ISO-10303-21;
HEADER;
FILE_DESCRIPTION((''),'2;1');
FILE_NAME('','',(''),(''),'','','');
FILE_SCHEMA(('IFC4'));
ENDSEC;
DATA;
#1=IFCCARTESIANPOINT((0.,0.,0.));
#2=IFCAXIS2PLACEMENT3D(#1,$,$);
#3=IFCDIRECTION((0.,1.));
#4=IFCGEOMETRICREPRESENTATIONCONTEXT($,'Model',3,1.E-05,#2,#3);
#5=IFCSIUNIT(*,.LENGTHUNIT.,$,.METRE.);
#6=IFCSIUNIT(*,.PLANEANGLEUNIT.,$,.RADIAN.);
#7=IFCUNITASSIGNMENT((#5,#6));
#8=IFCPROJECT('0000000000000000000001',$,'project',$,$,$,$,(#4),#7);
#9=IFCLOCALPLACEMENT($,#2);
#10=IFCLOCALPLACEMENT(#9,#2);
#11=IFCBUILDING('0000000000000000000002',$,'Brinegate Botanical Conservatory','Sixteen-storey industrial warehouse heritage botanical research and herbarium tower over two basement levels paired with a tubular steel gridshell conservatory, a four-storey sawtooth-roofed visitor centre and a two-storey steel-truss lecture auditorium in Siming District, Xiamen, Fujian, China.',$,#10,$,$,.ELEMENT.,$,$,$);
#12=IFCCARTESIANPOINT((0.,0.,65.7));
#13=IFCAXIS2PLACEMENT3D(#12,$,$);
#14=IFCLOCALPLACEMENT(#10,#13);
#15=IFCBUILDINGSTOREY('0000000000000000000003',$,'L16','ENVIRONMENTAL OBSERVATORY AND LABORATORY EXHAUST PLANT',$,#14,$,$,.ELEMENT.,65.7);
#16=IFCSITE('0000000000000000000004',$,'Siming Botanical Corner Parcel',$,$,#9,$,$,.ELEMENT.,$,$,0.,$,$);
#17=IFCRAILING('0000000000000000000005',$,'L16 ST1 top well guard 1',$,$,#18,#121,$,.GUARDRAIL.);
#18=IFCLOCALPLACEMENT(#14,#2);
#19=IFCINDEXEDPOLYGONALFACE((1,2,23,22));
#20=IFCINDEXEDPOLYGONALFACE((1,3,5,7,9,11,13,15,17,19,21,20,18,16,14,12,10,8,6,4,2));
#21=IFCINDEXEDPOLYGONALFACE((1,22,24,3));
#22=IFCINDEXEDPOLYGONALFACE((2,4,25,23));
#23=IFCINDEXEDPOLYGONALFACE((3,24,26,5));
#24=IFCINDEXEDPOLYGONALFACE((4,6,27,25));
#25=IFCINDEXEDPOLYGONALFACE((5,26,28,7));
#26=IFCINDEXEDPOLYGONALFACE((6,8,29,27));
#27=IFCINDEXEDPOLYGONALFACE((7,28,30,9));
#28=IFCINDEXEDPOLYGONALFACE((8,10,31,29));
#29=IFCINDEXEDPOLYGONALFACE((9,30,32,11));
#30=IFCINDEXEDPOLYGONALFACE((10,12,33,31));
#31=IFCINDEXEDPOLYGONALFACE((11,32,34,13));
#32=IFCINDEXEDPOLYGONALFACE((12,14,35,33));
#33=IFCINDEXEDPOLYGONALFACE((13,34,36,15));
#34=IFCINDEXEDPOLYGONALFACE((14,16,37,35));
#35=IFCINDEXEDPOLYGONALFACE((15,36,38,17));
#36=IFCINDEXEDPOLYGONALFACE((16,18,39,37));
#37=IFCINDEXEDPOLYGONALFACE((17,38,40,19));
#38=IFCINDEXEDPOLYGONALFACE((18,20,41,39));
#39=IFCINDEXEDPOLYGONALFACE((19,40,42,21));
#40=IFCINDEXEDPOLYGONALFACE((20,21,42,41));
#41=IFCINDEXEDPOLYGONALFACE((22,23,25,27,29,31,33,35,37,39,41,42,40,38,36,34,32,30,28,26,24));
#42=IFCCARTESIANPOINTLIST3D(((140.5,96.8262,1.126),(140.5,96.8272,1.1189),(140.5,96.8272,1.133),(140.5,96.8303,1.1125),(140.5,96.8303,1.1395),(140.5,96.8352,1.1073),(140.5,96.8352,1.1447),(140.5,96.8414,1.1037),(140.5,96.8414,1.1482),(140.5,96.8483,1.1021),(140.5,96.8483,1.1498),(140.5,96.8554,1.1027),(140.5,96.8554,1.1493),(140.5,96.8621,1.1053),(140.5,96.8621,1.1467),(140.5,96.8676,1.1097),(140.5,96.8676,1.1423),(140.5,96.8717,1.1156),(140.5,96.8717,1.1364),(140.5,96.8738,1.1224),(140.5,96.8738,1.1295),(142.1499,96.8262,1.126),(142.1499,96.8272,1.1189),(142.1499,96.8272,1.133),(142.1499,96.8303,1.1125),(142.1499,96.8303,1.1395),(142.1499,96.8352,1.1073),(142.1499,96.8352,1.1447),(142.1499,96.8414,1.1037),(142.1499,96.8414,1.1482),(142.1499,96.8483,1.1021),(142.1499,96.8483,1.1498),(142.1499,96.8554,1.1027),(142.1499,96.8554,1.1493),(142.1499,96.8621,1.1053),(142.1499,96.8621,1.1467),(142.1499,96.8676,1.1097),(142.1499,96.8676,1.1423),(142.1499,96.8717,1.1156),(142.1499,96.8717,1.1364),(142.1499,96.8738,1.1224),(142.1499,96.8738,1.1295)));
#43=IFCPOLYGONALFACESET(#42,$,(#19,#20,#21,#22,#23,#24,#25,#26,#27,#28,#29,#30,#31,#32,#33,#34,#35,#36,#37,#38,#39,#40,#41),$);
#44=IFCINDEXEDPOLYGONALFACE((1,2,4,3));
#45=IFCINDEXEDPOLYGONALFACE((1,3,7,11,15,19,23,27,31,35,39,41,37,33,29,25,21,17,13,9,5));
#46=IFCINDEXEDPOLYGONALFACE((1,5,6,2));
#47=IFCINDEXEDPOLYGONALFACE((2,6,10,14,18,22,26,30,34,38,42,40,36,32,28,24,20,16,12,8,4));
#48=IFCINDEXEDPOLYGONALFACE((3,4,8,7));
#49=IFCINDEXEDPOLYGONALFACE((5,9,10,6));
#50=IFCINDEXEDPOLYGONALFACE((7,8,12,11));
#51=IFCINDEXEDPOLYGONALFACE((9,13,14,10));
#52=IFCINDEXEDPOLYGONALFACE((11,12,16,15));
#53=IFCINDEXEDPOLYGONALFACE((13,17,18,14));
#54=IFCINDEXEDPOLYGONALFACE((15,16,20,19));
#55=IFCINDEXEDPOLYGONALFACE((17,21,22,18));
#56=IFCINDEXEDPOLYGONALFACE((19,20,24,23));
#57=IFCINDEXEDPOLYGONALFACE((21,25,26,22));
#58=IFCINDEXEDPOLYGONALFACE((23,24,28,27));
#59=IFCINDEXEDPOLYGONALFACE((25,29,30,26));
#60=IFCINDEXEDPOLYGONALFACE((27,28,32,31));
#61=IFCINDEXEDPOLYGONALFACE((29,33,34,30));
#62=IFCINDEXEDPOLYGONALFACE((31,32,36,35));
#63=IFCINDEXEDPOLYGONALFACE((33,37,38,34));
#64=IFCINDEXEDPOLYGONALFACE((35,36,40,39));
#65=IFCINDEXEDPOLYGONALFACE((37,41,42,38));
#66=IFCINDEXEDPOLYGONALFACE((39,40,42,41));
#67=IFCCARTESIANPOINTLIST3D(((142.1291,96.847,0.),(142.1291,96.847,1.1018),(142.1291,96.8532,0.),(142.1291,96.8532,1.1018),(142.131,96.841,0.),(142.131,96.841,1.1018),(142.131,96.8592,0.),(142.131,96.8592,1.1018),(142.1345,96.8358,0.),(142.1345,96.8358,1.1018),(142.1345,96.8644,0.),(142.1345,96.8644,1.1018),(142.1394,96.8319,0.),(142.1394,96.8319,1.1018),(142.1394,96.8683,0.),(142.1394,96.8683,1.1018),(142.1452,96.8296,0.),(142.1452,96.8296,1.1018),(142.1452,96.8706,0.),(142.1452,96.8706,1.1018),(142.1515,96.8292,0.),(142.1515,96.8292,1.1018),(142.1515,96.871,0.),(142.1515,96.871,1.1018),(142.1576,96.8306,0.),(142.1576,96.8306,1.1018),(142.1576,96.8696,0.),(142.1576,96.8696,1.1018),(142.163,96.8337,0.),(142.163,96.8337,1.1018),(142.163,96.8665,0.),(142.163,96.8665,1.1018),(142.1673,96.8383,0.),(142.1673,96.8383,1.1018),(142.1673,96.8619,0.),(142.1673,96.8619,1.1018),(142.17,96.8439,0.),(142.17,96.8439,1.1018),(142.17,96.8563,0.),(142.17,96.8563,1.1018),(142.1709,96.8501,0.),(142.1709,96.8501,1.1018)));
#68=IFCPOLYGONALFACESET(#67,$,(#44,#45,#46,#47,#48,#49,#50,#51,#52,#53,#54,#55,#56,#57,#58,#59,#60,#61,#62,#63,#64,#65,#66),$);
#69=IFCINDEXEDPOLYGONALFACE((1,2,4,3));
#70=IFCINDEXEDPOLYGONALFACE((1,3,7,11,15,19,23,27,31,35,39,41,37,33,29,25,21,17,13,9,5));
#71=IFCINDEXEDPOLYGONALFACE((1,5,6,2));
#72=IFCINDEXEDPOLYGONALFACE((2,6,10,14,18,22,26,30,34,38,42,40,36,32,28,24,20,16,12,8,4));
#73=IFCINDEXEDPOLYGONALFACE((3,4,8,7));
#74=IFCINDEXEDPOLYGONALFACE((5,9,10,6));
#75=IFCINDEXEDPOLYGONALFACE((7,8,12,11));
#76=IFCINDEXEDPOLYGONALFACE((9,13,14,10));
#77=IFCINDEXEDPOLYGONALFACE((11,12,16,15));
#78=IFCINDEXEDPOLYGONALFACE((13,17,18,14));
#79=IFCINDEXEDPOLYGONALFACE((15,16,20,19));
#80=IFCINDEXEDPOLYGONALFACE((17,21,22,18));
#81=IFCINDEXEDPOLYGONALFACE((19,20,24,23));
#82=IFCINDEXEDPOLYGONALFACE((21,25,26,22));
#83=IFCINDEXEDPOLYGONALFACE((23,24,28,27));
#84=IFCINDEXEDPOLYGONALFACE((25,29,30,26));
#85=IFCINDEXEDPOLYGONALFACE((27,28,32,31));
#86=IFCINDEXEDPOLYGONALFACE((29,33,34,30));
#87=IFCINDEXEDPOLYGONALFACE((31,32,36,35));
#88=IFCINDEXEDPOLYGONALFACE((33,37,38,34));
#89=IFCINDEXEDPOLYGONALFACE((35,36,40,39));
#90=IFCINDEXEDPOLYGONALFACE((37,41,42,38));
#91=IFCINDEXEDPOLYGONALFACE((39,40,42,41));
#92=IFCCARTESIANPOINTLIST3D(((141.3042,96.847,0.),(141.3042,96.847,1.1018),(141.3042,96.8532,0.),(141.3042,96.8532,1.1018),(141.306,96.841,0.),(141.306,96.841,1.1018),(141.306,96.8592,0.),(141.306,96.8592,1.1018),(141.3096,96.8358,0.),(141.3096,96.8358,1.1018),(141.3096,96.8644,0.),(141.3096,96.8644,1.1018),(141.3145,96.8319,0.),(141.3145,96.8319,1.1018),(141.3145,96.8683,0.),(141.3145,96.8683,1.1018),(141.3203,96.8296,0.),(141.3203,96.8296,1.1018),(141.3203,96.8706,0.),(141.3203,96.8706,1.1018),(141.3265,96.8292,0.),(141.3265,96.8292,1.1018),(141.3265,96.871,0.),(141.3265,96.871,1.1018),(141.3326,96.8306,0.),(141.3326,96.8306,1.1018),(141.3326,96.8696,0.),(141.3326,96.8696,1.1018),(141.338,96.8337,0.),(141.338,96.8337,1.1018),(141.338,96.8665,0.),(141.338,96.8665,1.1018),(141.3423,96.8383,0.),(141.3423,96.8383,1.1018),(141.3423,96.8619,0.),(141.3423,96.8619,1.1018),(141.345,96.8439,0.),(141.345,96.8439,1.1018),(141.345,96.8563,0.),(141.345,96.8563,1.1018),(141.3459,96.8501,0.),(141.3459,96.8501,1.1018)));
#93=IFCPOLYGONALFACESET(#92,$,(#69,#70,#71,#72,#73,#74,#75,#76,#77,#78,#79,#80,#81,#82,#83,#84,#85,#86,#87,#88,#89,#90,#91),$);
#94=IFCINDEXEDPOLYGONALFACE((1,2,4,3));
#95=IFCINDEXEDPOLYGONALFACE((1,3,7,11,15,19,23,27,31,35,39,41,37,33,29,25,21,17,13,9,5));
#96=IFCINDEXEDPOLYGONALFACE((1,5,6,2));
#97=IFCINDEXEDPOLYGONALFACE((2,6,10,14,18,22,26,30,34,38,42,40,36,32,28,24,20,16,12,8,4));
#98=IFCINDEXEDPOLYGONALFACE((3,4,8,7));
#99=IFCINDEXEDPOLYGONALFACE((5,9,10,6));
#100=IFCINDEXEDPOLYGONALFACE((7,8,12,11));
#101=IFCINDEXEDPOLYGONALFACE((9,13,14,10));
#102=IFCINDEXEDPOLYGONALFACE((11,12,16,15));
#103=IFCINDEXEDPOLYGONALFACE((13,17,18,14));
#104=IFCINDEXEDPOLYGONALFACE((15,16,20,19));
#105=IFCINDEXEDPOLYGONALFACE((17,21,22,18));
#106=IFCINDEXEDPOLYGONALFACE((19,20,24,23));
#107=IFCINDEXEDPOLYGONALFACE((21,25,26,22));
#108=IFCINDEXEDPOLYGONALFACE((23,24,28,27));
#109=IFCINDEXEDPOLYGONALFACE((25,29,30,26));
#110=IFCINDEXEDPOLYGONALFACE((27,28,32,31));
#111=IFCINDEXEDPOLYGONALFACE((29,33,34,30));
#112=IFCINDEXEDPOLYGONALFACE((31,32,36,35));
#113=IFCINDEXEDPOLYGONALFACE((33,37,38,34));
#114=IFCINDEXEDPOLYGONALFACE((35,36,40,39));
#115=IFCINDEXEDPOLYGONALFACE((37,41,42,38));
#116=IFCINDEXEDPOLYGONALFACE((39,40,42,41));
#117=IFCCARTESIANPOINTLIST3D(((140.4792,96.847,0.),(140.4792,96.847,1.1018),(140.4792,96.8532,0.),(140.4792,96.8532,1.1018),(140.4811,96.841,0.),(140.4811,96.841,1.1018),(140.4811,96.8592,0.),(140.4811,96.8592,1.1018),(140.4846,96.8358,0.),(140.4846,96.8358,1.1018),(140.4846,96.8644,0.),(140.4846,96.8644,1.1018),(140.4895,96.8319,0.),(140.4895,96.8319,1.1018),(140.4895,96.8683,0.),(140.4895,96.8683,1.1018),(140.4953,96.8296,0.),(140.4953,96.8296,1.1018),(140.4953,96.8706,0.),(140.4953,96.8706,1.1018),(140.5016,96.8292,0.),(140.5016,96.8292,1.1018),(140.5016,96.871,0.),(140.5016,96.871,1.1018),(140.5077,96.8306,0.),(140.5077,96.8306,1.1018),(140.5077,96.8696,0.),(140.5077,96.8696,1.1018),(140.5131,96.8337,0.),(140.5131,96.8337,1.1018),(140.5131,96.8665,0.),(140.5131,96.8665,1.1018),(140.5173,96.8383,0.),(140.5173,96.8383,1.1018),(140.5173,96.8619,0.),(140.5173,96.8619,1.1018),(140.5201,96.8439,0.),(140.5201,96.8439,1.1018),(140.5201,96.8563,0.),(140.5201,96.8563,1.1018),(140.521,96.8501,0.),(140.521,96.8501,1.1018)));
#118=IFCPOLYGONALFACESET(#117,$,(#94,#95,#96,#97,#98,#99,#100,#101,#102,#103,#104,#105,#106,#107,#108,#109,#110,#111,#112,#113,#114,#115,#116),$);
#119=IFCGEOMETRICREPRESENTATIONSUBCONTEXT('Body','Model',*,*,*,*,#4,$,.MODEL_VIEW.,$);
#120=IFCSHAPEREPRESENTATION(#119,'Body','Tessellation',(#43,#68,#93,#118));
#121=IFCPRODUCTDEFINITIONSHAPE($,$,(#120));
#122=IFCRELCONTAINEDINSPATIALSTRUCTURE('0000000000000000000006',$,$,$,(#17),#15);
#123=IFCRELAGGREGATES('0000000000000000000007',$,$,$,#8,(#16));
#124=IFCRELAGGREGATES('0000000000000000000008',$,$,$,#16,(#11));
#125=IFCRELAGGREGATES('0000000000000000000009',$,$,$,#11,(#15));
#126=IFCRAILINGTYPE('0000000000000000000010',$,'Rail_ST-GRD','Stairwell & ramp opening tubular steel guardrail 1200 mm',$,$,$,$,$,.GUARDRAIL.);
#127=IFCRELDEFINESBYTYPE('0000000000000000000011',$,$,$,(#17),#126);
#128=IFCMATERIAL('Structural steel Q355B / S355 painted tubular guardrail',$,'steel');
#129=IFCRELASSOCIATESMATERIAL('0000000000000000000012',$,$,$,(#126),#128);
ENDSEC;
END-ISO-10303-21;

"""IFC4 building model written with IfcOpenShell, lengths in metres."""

from ifc_helpers import new_model, si_unit, direction, frame, origin, origin_2d, place, context, subcontext, project, spatial, circle, extrude, material, type_object, element, save


model = new_model("IFC4")

# Units and contexts
model_context = context("Model", 3, precision=1e-05, world=origin(), true_north=direction((0.0, 1.0)))
body_context = subcontext(model_context, "Body", "Model", "MODEL_VIEW")
ifc_project = project(units=[si_unit("LENGTHUNIT", "METRE"), si_unit("PLANEANGLEUNIT", "RADIAN")], contexts=[model_context])

# Site, building, storey
site_placement = place(None, origin())
site = spatial("IfcSite", under=ifc_project, at=site_placement, Name="Siming Botanical Corner Parcel", CompositionType="ELEMENT", RefElevation=0.0)
building_placement = place(site_placement, origin())
building = spatial("IfcBuilding", under=site, at=building_placement, Name="Brinegate Botanical Conservatory", Description="Sixteen-storey industrial warehouse heritage botanical research and herbarium tower over two basement levels paired with a tubular steel gridshell conservatory, a four-storey sawtooth-roofed visitor centre and a two-storey steel-truss lecture auditorium in Siming District, Xiamen, Fujian, China.", CompositionType="ELEMENT")
storey_placement = place(building_placement, frame((0.0, 0.0, 65.7)))
storey = spatial("IfcBuildingStorey", under=building, at=storey_placement, Name="L16", Description="ENVIRONMENTAL OBSERVATORY AND LABORATORY EXHAUST PLANT", CompositionType="ELEMENT", Elevation=65.7)

# Railing
ifc_material_1 = material(Name="Structural steel Q355B / S355 painted tubular guardrail", Category="steel")
railing_type = type_object("IfcRailingType", Name="Rail_ST-GRD", Description="Stairwell & ramp opening tubular steel guardrail 1200 mm", PredefinedType="GUARDRAIL", material=ifc_material_1)
railing_placement = place(storey_placement, frame((142.1499, 96.8501, 0.0)))
element("IfcRailing", 1, at=railing_placement, inside=storey, type_object=railing_type, Name="L16 ST1 top well guard 1", PredefinedType="GUARDRAIL", context=body_context, shape_type="SweptSolid", body=[
    extrude(circle(Radius=0.0239, at=origin_2d()), frame((0.0, 0.0, 1.126), z_axis=(-1.0, 0.0, 0.0), x_axis=(0.0, -1.0, 0.0)), (0.0, 0.0, 1.0), 1.6499),
    extrude(circle(Radius=0.021, at=origin_2d()), origin(), (0.0, 0.0, 1.0), 1.1018),
    extrude(circle(Radius=0.021, at=origin_2d()), frame((-0.825, 0.0, 0.0)), (0.0, 0.0, 1.0), 1.1018),
    extrude(circle(Radius=0.021, at=origin_2d()), frame((-1.6499, 0.0, 0.0)), (0.0, 0.0, 1.0), 1.1018),
])

save(model, "model.ifc")
